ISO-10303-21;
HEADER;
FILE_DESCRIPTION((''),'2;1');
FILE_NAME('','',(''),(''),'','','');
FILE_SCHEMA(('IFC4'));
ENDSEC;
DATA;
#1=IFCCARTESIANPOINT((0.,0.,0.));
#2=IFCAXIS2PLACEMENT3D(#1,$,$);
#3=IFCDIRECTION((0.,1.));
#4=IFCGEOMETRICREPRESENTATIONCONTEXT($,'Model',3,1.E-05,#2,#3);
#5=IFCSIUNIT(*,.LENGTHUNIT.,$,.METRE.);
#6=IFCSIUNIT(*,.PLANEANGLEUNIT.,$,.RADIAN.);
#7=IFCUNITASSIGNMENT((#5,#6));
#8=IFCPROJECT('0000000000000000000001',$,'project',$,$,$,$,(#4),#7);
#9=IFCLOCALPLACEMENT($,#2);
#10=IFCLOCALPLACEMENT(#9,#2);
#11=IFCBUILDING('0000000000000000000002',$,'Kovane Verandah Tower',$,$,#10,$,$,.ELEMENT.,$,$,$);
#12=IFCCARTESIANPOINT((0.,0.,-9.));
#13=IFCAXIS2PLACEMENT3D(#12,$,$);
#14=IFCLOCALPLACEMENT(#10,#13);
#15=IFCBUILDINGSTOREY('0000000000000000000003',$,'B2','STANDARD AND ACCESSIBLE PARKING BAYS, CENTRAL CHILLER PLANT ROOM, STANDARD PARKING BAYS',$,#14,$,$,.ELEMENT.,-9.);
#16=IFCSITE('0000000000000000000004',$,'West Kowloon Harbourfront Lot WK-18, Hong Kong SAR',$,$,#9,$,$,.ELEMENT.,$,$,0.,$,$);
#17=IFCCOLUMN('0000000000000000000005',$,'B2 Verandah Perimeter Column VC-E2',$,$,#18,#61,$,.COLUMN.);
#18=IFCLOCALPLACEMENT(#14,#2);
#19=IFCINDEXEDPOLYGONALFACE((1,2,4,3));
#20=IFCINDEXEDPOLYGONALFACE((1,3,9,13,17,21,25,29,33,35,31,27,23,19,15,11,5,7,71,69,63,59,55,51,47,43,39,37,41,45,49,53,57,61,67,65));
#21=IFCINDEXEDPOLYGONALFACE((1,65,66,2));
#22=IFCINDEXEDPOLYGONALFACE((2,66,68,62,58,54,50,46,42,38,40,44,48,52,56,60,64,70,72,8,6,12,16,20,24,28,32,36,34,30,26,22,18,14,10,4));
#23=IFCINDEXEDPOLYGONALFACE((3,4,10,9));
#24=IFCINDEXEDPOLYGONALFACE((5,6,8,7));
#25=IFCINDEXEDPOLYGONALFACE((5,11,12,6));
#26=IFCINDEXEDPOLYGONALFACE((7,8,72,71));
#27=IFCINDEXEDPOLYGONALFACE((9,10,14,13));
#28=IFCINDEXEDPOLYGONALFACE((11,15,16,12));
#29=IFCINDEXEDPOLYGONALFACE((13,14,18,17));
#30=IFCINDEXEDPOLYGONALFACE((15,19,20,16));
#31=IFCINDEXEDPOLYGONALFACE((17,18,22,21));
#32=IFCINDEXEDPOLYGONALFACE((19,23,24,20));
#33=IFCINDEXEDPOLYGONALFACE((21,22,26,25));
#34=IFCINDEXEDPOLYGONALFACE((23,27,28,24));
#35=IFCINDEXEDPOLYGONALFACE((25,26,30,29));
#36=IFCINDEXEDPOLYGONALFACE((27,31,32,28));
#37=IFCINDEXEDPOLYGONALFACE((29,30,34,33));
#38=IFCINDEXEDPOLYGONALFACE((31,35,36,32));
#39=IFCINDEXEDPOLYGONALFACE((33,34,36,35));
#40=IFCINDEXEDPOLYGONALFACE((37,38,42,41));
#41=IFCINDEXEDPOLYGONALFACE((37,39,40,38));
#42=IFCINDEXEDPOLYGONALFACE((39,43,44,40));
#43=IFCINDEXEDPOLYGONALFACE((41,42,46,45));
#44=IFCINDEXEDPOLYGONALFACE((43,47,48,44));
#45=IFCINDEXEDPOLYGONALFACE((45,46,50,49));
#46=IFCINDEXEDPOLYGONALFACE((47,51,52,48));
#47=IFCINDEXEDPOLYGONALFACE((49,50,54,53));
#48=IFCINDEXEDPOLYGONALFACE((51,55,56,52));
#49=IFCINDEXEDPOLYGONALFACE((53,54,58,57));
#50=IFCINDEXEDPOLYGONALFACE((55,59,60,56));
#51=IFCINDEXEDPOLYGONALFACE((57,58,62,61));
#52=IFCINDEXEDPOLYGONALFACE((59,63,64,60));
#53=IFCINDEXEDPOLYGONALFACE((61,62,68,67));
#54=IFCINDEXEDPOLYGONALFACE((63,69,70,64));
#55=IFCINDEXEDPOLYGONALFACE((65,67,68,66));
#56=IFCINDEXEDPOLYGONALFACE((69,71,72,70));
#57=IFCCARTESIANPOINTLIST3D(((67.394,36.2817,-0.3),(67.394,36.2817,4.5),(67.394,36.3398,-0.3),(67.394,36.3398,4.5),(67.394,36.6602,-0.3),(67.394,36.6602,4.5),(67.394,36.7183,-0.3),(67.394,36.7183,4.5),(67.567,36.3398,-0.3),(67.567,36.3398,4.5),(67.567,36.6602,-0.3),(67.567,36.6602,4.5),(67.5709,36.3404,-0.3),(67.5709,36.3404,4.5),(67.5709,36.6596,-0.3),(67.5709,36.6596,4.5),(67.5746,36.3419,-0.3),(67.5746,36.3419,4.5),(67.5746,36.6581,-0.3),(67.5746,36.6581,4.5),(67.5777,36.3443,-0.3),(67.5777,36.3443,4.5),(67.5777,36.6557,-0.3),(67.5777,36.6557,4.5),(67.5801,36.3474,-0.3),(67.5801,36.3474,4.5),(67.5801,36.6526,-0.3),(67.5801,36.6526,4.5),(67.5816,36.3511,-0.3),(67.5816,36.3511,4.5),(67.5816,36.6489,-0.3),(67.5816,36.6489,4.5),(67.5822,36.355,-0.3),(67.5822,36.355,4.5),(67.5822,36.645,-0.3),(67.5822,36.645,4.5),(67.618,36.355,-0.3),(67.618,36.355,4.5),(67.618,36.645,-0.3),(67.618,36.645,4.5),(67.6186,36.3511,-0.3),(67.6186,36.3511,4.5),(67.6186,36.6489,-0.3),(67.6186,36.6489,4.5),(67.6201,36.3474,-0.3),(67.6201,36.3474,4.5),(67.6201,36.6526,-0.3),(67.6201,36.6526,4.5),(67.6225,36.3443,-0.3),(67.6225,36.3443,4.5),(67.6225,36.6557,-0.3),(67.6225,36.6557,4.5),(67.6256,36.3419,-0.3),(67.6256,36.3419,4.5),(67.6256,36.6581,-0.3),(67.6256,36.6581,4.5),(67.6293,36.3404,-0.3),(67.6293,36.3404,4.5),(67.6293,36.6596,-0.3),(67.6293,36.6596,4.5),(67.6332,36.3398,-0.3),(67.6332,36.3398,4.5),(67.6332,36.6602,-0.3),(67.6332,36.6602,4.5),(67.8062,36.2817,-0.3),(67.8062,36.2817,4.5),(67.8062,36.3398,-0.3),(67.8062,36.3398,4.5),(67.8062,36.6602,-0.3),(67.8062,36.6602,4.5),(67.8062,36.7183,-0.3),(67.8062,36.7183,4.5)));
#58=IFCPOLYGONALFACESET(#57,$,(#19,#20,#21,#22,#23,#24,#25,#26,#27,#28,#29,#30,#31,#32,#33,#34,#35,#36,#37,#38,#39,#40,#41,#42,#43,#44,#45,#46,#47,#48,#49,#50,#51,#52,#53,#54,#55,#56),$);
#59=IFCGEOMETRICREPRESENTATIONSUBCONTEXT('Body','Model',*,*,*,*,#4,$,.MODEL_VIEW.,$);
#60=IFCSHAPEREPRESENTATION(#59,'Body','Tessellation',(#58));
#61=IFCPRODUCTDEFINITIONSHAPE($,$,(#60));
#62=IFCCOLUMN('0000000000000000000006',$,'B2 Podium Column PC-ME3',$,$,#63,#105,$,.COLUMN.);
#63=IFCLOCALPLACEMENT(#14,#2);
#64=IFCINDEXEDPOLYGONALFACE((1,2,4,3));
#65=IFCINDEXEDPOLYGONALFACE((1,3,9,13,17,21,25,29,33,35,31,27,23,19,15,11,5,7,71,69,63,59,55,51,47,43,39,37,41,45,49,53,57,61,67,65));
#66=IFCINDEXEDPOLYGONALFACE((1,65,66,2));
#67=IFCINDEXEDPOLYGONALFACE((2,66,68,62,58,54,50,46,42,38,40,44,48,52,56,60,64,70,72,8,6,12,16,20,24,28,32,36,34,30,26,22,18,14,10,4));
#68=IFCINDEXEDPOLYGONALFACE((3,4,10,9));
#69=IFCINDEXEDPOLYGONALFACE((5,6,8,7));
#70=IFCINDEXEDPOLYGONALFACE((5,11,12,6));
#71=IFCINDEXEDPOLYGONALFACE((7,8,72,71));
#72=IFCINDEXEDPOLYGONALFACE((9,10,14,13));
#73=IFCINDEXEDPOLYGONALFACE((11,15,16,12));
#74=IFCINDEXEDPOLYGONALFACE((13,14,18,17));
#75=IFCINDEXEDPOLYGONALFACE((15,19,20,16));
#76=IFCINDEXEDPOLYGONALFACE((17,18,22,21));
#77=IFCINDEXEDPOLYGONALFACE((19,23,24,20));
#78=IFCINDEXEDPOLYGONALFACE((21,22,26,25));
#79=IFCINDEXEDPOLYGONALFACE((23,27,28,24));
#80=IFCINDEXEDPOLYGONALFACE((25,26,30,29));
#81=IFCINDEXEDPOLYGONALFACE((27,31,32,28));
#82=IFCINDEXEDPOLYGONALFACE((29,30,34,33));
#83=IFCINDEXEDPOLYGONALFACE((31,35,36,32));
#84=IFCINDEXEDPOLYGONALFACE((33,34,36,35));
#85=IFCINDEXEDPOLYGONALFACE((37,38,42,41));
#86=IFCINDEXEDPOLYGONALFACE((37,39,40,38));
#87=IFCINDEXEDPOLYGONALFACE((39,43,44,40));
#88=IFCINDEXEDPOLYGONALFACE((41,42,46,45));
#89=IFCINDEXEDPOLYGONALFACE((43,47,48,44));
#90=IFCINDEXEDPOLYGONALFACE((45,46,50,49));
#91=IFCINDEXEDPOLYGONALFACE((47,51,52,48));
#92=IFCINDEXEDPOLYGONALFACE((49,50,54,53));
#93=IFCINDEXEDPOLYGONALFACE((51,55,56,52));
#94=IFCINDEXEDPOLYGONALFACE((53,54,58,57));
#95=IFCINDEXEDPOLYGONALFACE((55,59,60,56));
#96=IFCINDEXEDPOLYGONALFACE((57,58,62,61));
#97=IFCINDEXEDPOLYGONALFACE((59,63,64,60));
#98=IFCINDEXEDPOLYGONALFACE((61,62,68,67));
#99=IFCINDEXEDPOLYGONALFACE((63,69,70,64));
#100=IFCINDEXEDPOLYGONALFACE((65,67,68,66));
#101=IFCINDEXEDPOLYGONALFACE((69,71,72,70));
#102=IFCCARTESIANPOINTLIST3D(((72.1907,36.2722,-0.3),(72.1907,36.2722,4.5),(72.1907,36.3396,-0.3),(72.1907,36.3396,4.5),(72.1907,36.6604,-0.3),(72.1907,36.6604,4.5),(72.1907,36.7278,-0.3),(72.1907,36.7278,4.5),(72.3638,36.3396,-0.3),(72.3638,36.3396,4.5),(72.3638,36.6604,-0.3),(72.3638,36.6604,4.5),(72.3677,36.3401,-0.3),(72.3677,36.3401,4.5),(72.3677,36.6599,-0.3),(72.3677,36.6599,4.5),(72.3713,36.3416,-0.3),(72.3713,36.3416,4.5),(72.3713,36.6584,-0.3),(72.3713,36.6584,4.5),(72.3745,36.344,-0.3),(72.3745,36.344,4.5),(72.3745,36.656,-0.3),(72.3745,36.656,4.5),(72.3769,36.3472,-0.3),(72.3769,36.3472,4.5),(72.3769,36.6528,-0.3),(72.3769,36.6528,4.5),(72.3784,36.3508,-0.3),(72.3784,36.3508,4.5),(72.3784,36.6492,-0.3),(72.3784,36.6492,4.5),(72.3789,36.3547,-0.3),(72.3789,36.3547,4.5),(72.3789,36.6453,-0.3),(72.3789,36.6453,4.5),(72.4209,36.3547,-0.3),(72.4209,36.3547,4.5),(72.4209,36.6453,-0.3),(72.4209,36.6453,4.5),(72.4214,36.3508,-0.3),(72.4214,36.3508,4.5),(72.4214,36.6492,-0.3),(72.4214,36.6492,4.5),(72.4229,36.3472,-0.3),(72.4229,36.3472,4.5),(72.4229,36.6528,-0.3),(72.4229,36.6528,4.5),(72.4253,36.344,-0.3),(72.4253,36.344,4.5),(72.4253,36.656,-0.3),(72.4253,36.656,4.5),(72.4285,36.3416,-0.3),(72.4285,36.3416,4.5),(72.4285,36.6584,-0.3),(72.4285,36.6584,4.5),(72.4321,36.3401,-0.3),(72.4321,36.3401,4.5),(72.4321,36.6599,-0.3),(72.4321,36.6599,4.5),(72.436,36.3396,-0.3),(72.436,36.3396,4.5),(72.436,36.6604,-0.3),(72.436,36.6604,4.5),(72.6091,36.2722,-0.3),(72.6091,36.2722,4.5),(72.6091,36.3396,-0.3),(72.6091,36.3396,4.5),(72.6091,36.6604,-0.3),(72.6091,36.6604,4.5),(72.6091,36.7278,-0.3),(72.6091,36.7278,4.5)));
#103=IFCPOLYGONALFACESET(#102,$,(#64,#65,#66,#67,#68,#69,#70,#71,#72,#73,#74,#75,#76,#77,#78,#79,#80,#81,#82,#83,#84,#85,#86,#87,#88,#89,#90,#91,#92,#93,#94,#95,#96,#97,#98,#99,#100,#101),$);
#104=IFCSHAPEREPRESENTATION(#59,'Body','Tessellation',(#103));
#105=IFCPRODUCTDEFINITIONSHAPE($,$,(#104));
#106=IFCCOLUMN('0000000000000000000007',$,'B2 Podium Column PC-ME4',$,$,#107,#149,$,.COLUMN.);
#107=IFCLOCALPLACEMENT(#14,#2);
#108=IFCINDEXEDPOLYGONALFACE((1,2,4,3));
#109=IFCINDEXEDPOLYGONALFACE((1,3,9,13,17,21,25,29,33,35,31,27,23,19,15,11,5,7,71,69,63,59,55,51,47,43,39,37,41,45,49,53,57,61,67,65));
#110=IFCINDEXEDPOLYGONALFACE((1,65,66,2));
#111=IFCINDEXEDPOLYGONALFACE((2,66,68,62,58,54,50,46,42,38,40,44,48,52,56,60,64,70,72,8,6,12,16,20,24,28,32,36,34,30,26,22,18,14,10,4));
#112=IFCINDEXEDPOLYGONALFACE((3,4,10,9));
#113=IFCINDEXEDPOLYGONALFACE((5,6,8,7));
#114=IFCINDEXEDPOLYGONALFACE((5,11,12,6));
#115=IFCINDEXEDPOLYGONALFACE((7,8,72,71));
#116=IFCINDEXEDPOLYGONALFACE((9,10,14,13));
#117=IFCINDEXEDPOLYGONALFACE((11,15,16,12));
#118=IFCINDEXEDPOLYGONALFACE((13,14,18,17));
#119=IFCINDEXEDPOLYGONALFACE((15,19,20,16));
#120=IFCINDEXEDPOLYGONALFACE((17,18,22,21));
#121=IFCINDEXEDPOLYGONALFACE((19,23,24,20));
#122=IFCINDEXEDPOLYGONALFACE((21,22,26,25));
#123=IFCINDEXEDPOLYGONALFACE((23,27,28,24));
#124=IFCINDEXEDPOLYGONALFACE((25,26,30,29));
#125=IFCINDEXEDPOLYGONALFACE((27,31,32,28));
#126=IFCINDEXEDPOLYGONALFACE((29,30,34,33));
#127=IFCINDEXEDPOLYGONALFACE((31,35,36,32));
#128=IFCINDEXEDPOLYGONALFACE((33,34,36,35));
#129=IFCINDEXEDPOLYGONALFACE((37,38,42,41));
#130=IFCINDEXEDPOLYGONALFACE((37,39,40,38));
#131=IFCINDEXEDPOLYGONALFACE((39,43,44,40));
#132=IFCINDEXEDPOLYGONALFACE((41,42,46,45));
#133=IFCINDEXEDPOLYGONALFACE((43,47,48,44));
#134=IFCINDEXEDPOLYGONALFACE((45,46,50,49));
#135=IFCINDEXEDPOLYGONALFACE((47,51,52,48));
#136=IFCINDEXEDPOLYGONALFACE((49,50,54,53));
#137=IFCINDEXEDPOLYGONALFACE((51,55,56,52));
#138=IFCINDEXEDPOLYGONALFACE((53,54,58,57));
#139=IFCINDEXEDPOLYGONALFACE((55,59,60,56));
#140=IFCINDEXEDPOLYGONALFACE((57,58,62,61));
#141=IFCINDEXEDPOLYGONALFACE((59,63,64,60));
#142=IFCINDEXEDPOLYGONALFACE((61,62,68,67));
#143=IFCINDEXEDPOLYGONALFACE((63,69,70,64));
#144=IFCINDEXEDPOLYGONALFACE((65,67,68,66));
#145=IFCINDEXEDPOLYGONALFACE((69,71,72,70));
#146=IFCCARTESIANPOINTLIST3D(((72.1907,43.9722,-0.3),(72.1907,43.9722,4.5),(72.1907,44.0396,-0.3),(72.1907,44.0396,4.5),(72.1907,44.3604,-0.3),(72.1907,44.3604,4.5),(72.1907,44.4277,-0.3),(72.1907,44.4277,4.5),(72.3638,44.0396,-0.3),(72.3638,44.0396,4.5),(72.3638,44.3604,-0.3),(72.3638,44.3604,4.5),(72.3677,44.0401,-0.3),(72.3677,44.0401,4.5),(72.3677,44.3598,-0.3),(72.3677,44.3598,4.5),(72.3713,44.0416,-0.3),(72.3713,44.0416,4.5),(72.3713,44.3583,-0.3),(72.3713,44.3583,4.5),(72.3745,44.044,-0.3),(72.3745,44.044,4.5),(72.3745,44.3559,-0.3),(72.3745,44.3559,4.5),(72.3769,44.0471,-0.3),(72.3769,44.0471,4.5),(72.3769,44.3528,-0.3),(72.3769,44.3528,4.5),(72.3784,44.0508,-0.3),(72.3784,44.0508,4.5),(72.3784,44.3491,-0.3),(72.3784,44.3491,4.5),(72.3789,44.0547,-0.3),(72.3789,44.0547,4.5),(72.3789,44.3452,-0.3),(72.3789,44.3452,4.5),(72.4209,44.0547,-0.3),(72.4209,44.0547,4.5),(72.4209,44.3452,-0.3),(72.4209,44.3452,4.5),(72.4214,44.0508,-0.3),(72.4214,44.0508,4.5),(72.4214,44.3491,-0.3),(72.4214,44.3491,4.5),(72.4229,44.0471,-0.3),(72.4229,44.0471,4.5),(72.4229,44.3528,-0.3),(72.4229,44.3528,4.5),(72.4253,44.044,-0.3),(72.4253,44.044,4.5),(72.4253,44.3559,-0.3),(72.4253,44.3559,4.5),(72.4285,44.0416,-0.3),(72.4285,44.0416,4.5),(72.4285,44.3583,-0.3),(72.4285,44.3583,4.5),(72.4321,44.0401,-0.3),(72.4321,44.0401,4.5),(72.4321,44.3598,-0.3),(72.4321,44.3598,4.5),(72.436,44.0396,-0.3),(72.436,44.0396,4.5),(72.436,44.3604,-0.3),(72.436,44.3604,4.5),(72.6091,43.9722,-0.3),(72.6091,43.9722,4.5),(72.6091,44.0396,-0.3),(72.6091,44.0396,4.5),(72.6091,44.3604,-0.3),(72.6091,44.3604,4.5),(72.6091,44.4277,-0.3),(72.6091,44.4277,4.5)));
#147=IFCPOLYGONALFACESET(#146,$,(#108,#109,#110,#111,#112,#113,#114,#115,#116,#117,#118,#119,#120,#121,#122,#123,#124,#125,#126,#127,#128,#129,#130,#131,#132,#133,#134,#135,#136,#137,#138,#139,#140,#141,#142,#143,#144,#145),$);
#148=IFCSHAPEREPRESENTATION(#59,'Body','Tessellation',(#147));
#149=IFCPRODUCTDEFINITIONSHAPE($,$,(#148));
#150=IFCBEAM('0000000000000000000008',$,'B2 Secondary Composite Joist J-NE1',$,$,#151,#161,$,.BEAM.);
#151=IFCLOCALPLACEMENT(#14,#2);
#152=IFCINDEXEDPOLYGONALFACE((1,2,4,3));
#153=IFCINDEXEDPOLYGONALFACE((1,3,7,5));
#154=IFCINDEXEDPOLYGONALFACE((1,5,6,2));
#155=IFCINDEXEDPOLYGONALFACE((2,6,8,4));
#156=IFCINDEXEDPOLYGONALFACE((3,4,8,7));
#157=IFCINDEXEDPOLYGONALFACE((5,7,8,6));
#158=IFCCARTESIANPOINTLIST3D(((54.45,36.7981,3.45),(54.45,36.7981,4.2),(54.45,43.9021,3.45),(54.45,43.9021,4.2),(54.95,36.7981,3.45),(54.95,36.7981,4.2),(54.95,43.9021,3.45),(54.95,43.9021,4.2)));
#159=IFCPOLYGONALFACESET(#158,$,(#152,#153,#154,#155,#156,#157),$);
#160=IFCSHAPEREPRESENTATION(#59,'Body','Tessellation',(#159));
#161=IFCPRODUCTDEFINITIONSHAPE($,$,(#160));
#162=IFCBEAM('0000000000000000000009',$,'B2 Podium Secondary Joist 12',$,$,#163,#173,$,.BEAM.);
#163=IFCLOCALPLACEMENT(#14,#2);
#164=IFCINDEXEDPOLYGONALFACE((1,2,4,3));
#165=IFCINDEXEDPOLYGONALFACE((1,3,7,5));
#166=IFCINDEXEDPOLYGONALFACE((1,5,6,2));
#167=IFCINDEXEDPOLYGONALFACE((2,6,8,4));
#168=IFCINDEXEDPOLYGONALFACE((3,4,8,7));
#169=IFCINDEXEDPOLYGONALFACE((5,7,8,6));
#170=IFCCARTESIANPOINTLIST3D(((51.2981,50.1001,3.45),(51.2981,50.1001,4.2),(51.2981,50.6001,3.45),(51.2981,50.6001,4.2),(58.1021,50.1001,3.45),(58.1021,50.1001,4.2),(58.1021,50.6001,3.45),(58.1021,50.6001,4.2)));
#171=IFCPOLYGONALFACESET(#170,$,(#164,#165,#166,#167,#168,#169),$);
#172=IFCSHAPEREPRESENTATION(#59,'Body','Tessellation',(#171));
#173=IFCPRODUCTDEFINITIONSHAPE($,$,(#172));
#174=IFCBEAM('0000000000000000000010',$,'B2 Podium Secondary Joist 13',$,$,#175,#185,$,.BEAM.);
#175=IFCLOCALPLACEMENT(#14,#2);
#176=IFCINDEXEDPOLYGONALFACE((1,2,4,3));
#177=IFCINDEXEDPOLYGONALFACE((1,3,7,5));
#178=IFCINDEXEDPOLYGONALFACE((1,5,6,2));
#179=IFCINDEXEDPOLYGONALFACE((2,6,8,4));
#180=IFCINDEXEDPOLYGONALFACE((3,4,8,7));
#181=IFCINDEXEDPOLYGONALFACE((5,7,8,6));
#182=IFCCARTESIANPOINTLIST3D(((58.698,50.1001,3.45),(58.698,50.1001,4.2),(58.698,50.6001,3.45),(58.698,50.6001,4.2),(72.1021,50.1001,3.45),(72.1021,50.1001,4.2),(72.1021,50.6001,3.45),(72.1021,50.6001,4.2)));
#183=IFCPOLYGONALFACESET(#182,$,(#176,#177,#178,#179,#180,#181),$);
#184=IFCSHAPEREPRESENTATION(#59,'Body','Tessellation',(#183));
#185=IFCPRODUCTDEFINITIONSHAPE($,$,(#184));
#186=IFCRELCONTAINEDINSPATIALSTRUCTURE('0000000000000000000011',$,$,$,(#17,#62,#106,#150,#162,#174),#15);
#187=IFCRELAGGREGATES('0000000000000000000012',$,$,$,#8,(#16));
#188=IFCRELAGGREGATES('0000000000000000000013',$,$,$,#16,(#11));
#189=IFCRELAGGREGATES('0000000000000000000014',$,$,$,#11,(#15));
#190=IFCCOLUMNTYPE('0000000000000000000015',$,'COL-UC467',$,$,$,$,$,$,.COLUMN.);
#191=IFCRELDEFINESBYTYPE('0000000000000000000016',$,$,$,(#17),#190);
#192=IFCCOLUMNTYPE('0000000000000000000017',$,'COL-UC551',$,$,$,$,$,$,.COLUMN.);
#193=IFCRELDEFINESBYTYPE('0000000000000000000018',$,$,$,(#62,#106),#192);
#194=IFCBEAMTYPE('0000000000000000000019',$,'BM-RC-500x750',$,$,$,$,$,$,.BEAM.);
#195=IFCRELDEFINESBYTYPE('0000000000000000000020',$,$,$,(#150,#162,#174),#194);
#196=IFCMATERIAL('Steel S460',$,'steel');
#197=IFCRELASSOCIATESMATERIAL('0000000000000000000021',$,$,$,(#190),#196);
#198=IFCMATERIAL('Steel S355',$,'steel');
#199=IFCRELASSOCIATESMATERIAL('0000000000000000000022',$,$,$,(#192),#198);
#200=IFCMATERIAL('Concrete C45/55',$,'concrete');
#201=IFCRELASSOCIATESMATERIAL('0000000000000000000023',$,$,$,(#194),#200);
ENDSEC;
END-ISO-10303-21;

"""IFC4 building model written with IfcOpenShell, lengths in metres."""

from ifc_helpers import new_model, si_unit, direction, frame, origin, origin_2d, place, context, subcontext, project, spatial, rectangle, i_section, extrude, material, material_profile, profile_set, type_object, element, save


model = new_model("IFC4")

# Units and contexts
model_context = context("Model", 3, precision=1e-05, world=origin(), true_north=direction((0.0, 1.0)))
body_context = subcontext(model_context, "Body", "Model", "MODEL_VIEW")
ifc_project = project(units=[si_unit("LENGTHUNIT", "METRE"), si_unit("PLANEANGLEUNIT", "RADIAN")], contexts=[model_context])

# Site, building, storey
site_placement = place(None, origin())
site = spatial("IfcSite", under=ifc_project, at=site_placement, Name="West Kowloon Harbourfront Lot WK-18, Hong Kong SAR", CompositionType="ELEMENT", RefElevation=0.0)
building_placement = place(site_placement, origin())
building = spatial("IfcBuilding", under=site, at=building_placement, Name="Kovane Verandah Tower", CompositionType="ELEMENT")
storey_placement = place(building_placement, frame((0.0, 0.0, -9.0)))
storey = spatial("IfcBuildingStorey", under=building, at=storey_placement, Name="B2", Description="STANDARD AND ACCESSIBLE PARKING BAYS, CENTRAL CHILLER PLANT ROOM, STANDARD PARKING BAYS", CompositionType="ELEMENT", Elevation=-9.0)

# Columns
ifc_material_1 = material(Name="Steel S460", Category="steel")
ifc_material_profile_1 = material_profile(ifc_material_1, i_section(OverallWidth=0.4121, OverallDepth=0.4365, WebThickness=0.0359, FlangeThickness=0.0581, FilletRadius=0.0151, at=origin_2d()), Name="UC356x406x467")
ifc_profile_set_1 = profile_set([ifc_material_profile_1], Name="Steel S460")
column_type_1 = type_object("IfcColumnType", Name="COL-UC467", PredefinedType="COLUMN", material=ifc_profile_set_1)
column_1_placement = place(storey_placement, frame((67.6001, 36.5, -0.3), z_axis=(0.0, 0.0, 1.0), x_axis=(1.0, 0.0, 0.0)))
element("IfcColumn", 1, at=column_1_placement, inside=storey, type_object=column_type_1, Name="B2 Verandah Perimeter Column VC-E2", PredefinedType="COLUMN", context=body_context, shape_type="SweptSolid", body=[
    extrude(i_section(OverallWidth=0.4121, OverallDepth=0.4365, WebThickness=0.0359, FlangeThickness=0.0581, FilletRadius=0.0151, at=origin_2d()), origin(), (0.0, 0.0, 1.0), 4.8),
])
ifc_material_2 = material(Name="Steel S355", Category="steel")
ifc_material_profile_2 = material_profile(ifc_material_2, i_section(OverallWidth=0.4185, OverallDepth=0.4556, WebThickness=0.042, FlangeThickness=0.0674, FilletRadius=0.0151, at=origin_2d()), Name="UC356x406x551")
ifc_profile_set_2 = profile_set([ifc_material_profile_2], Name="Steel S355")
column_type_2 = type_object("IfcColumnType", Name="COL-UC551", PredefinedType="COLUMN", material=ifc_profile_set_2)
for number, where, z_axis, x_axis, name in (
    (2, (72.3999, 36.5, -0.3), (0.0, 0.0, 1.0), (1.0, 0.0, 0.0), "B2 Podium Column PC-ME3"),
    (3, (72.3999, 44.2, -0.3), (0.0, 0.0, 1.0), (1.0, 0.0, 0.0), "B2 Podium Column PC-ME4"),
):
    element("IfcColumn", number, at=place(storey_placement, frame(where, z_axis=z_axis, x_axis=x_axis)), inside=storey, type_object=column_type_2, Name=name, PredefinedType="COLUMN", context=body_context, shape_type="SweptSolid", body=[
        extrude(i_section(OverallWidth=0.4185, OverallDepth=0.4556, WebThickness=0.042, FlangeThickness=0.0674, FilletRadius=0.0151, at=origin_2d()), origin(), (0.0, 0.0, 1.0), 4.8),
    ])

# Beams
ifc_material_3 = material(Name="Concrete C45/55", Category="concrete")
ifc_material_profile_3 = material_profile(ifc_material_3, rectangle(XDim=0.5, YDim=0.75, at=origin_2d()), Name="RCB500x750")
ifc_profile_set_3 = profile_set([ifc_material_profile_3], Name="Concrete C45/55")
beam_type_1 = type_object("IfcBeamType", Name="BM-RC-500x750", PredefinedType="BEAM", material=ifc_profile_set_3)
beam_1_placement = place(storey_placement, frame((54.7, 36.7981, 3.825), z_axis=(0.0, 1.0, 0.0), x_axis=(-1.0, 0.0, 0.0)))
element("IfcBeam", 4, at=beam_1_placement, inside=storey, type_object=beam_type_1, Name="B2 Secondary Composite Joist J-NE1", PredefinedType="BEAM", context=body_context, shape_type="SweptSolid", body=[
    extrude(rectangle(XDim=0.5, YDim=0.75, at=origin_2d()), origin(), (0.0, 0.0, 1.0), 7.104),
])
beam_2_placement = place(storey_placement, frame((51.2981, 50.3501, 3.825), z_axis=(1.0, 0.0, 0.0), x_axis=(0.0, 1.0, 0.0)))
element("IfcBeam", 5, at=beam_2_placement, inside=storey, type_object=beam_type_1, Name="B2 Podium Secondary Joist 12", PredefinedType="BEAM", context=body_context, shape_type="SweptSolid", body=[
    extrude(rectangle(XDim=0.5, YDim=0.75, at=origin_2d()), origin(), (0.0, 0.0, 1.0), 6.804),
])
beam_3_placement = place(storey_placement, frame((58.698, 50.3501, 3.825), z_axis=(1.0, 0.0, 0.0), x_axis=(0.0, 1.0, 0.0)))
element("IfcBeam", 6, at=beam_3_placement, inside=storey, type_object=beam_type_1, Name="B2 Podium Secondary Joist 13", PredefinedType="BEAM", context=body_context, shape_type="SweptSolid", body=[
    extrude(rectangle(XDim=0.5, YDim=0.75, at=origin_2d()), origin(), (0.0, 0.0, 1.0), 13.4041),
])

save(model, "model.ifc")
